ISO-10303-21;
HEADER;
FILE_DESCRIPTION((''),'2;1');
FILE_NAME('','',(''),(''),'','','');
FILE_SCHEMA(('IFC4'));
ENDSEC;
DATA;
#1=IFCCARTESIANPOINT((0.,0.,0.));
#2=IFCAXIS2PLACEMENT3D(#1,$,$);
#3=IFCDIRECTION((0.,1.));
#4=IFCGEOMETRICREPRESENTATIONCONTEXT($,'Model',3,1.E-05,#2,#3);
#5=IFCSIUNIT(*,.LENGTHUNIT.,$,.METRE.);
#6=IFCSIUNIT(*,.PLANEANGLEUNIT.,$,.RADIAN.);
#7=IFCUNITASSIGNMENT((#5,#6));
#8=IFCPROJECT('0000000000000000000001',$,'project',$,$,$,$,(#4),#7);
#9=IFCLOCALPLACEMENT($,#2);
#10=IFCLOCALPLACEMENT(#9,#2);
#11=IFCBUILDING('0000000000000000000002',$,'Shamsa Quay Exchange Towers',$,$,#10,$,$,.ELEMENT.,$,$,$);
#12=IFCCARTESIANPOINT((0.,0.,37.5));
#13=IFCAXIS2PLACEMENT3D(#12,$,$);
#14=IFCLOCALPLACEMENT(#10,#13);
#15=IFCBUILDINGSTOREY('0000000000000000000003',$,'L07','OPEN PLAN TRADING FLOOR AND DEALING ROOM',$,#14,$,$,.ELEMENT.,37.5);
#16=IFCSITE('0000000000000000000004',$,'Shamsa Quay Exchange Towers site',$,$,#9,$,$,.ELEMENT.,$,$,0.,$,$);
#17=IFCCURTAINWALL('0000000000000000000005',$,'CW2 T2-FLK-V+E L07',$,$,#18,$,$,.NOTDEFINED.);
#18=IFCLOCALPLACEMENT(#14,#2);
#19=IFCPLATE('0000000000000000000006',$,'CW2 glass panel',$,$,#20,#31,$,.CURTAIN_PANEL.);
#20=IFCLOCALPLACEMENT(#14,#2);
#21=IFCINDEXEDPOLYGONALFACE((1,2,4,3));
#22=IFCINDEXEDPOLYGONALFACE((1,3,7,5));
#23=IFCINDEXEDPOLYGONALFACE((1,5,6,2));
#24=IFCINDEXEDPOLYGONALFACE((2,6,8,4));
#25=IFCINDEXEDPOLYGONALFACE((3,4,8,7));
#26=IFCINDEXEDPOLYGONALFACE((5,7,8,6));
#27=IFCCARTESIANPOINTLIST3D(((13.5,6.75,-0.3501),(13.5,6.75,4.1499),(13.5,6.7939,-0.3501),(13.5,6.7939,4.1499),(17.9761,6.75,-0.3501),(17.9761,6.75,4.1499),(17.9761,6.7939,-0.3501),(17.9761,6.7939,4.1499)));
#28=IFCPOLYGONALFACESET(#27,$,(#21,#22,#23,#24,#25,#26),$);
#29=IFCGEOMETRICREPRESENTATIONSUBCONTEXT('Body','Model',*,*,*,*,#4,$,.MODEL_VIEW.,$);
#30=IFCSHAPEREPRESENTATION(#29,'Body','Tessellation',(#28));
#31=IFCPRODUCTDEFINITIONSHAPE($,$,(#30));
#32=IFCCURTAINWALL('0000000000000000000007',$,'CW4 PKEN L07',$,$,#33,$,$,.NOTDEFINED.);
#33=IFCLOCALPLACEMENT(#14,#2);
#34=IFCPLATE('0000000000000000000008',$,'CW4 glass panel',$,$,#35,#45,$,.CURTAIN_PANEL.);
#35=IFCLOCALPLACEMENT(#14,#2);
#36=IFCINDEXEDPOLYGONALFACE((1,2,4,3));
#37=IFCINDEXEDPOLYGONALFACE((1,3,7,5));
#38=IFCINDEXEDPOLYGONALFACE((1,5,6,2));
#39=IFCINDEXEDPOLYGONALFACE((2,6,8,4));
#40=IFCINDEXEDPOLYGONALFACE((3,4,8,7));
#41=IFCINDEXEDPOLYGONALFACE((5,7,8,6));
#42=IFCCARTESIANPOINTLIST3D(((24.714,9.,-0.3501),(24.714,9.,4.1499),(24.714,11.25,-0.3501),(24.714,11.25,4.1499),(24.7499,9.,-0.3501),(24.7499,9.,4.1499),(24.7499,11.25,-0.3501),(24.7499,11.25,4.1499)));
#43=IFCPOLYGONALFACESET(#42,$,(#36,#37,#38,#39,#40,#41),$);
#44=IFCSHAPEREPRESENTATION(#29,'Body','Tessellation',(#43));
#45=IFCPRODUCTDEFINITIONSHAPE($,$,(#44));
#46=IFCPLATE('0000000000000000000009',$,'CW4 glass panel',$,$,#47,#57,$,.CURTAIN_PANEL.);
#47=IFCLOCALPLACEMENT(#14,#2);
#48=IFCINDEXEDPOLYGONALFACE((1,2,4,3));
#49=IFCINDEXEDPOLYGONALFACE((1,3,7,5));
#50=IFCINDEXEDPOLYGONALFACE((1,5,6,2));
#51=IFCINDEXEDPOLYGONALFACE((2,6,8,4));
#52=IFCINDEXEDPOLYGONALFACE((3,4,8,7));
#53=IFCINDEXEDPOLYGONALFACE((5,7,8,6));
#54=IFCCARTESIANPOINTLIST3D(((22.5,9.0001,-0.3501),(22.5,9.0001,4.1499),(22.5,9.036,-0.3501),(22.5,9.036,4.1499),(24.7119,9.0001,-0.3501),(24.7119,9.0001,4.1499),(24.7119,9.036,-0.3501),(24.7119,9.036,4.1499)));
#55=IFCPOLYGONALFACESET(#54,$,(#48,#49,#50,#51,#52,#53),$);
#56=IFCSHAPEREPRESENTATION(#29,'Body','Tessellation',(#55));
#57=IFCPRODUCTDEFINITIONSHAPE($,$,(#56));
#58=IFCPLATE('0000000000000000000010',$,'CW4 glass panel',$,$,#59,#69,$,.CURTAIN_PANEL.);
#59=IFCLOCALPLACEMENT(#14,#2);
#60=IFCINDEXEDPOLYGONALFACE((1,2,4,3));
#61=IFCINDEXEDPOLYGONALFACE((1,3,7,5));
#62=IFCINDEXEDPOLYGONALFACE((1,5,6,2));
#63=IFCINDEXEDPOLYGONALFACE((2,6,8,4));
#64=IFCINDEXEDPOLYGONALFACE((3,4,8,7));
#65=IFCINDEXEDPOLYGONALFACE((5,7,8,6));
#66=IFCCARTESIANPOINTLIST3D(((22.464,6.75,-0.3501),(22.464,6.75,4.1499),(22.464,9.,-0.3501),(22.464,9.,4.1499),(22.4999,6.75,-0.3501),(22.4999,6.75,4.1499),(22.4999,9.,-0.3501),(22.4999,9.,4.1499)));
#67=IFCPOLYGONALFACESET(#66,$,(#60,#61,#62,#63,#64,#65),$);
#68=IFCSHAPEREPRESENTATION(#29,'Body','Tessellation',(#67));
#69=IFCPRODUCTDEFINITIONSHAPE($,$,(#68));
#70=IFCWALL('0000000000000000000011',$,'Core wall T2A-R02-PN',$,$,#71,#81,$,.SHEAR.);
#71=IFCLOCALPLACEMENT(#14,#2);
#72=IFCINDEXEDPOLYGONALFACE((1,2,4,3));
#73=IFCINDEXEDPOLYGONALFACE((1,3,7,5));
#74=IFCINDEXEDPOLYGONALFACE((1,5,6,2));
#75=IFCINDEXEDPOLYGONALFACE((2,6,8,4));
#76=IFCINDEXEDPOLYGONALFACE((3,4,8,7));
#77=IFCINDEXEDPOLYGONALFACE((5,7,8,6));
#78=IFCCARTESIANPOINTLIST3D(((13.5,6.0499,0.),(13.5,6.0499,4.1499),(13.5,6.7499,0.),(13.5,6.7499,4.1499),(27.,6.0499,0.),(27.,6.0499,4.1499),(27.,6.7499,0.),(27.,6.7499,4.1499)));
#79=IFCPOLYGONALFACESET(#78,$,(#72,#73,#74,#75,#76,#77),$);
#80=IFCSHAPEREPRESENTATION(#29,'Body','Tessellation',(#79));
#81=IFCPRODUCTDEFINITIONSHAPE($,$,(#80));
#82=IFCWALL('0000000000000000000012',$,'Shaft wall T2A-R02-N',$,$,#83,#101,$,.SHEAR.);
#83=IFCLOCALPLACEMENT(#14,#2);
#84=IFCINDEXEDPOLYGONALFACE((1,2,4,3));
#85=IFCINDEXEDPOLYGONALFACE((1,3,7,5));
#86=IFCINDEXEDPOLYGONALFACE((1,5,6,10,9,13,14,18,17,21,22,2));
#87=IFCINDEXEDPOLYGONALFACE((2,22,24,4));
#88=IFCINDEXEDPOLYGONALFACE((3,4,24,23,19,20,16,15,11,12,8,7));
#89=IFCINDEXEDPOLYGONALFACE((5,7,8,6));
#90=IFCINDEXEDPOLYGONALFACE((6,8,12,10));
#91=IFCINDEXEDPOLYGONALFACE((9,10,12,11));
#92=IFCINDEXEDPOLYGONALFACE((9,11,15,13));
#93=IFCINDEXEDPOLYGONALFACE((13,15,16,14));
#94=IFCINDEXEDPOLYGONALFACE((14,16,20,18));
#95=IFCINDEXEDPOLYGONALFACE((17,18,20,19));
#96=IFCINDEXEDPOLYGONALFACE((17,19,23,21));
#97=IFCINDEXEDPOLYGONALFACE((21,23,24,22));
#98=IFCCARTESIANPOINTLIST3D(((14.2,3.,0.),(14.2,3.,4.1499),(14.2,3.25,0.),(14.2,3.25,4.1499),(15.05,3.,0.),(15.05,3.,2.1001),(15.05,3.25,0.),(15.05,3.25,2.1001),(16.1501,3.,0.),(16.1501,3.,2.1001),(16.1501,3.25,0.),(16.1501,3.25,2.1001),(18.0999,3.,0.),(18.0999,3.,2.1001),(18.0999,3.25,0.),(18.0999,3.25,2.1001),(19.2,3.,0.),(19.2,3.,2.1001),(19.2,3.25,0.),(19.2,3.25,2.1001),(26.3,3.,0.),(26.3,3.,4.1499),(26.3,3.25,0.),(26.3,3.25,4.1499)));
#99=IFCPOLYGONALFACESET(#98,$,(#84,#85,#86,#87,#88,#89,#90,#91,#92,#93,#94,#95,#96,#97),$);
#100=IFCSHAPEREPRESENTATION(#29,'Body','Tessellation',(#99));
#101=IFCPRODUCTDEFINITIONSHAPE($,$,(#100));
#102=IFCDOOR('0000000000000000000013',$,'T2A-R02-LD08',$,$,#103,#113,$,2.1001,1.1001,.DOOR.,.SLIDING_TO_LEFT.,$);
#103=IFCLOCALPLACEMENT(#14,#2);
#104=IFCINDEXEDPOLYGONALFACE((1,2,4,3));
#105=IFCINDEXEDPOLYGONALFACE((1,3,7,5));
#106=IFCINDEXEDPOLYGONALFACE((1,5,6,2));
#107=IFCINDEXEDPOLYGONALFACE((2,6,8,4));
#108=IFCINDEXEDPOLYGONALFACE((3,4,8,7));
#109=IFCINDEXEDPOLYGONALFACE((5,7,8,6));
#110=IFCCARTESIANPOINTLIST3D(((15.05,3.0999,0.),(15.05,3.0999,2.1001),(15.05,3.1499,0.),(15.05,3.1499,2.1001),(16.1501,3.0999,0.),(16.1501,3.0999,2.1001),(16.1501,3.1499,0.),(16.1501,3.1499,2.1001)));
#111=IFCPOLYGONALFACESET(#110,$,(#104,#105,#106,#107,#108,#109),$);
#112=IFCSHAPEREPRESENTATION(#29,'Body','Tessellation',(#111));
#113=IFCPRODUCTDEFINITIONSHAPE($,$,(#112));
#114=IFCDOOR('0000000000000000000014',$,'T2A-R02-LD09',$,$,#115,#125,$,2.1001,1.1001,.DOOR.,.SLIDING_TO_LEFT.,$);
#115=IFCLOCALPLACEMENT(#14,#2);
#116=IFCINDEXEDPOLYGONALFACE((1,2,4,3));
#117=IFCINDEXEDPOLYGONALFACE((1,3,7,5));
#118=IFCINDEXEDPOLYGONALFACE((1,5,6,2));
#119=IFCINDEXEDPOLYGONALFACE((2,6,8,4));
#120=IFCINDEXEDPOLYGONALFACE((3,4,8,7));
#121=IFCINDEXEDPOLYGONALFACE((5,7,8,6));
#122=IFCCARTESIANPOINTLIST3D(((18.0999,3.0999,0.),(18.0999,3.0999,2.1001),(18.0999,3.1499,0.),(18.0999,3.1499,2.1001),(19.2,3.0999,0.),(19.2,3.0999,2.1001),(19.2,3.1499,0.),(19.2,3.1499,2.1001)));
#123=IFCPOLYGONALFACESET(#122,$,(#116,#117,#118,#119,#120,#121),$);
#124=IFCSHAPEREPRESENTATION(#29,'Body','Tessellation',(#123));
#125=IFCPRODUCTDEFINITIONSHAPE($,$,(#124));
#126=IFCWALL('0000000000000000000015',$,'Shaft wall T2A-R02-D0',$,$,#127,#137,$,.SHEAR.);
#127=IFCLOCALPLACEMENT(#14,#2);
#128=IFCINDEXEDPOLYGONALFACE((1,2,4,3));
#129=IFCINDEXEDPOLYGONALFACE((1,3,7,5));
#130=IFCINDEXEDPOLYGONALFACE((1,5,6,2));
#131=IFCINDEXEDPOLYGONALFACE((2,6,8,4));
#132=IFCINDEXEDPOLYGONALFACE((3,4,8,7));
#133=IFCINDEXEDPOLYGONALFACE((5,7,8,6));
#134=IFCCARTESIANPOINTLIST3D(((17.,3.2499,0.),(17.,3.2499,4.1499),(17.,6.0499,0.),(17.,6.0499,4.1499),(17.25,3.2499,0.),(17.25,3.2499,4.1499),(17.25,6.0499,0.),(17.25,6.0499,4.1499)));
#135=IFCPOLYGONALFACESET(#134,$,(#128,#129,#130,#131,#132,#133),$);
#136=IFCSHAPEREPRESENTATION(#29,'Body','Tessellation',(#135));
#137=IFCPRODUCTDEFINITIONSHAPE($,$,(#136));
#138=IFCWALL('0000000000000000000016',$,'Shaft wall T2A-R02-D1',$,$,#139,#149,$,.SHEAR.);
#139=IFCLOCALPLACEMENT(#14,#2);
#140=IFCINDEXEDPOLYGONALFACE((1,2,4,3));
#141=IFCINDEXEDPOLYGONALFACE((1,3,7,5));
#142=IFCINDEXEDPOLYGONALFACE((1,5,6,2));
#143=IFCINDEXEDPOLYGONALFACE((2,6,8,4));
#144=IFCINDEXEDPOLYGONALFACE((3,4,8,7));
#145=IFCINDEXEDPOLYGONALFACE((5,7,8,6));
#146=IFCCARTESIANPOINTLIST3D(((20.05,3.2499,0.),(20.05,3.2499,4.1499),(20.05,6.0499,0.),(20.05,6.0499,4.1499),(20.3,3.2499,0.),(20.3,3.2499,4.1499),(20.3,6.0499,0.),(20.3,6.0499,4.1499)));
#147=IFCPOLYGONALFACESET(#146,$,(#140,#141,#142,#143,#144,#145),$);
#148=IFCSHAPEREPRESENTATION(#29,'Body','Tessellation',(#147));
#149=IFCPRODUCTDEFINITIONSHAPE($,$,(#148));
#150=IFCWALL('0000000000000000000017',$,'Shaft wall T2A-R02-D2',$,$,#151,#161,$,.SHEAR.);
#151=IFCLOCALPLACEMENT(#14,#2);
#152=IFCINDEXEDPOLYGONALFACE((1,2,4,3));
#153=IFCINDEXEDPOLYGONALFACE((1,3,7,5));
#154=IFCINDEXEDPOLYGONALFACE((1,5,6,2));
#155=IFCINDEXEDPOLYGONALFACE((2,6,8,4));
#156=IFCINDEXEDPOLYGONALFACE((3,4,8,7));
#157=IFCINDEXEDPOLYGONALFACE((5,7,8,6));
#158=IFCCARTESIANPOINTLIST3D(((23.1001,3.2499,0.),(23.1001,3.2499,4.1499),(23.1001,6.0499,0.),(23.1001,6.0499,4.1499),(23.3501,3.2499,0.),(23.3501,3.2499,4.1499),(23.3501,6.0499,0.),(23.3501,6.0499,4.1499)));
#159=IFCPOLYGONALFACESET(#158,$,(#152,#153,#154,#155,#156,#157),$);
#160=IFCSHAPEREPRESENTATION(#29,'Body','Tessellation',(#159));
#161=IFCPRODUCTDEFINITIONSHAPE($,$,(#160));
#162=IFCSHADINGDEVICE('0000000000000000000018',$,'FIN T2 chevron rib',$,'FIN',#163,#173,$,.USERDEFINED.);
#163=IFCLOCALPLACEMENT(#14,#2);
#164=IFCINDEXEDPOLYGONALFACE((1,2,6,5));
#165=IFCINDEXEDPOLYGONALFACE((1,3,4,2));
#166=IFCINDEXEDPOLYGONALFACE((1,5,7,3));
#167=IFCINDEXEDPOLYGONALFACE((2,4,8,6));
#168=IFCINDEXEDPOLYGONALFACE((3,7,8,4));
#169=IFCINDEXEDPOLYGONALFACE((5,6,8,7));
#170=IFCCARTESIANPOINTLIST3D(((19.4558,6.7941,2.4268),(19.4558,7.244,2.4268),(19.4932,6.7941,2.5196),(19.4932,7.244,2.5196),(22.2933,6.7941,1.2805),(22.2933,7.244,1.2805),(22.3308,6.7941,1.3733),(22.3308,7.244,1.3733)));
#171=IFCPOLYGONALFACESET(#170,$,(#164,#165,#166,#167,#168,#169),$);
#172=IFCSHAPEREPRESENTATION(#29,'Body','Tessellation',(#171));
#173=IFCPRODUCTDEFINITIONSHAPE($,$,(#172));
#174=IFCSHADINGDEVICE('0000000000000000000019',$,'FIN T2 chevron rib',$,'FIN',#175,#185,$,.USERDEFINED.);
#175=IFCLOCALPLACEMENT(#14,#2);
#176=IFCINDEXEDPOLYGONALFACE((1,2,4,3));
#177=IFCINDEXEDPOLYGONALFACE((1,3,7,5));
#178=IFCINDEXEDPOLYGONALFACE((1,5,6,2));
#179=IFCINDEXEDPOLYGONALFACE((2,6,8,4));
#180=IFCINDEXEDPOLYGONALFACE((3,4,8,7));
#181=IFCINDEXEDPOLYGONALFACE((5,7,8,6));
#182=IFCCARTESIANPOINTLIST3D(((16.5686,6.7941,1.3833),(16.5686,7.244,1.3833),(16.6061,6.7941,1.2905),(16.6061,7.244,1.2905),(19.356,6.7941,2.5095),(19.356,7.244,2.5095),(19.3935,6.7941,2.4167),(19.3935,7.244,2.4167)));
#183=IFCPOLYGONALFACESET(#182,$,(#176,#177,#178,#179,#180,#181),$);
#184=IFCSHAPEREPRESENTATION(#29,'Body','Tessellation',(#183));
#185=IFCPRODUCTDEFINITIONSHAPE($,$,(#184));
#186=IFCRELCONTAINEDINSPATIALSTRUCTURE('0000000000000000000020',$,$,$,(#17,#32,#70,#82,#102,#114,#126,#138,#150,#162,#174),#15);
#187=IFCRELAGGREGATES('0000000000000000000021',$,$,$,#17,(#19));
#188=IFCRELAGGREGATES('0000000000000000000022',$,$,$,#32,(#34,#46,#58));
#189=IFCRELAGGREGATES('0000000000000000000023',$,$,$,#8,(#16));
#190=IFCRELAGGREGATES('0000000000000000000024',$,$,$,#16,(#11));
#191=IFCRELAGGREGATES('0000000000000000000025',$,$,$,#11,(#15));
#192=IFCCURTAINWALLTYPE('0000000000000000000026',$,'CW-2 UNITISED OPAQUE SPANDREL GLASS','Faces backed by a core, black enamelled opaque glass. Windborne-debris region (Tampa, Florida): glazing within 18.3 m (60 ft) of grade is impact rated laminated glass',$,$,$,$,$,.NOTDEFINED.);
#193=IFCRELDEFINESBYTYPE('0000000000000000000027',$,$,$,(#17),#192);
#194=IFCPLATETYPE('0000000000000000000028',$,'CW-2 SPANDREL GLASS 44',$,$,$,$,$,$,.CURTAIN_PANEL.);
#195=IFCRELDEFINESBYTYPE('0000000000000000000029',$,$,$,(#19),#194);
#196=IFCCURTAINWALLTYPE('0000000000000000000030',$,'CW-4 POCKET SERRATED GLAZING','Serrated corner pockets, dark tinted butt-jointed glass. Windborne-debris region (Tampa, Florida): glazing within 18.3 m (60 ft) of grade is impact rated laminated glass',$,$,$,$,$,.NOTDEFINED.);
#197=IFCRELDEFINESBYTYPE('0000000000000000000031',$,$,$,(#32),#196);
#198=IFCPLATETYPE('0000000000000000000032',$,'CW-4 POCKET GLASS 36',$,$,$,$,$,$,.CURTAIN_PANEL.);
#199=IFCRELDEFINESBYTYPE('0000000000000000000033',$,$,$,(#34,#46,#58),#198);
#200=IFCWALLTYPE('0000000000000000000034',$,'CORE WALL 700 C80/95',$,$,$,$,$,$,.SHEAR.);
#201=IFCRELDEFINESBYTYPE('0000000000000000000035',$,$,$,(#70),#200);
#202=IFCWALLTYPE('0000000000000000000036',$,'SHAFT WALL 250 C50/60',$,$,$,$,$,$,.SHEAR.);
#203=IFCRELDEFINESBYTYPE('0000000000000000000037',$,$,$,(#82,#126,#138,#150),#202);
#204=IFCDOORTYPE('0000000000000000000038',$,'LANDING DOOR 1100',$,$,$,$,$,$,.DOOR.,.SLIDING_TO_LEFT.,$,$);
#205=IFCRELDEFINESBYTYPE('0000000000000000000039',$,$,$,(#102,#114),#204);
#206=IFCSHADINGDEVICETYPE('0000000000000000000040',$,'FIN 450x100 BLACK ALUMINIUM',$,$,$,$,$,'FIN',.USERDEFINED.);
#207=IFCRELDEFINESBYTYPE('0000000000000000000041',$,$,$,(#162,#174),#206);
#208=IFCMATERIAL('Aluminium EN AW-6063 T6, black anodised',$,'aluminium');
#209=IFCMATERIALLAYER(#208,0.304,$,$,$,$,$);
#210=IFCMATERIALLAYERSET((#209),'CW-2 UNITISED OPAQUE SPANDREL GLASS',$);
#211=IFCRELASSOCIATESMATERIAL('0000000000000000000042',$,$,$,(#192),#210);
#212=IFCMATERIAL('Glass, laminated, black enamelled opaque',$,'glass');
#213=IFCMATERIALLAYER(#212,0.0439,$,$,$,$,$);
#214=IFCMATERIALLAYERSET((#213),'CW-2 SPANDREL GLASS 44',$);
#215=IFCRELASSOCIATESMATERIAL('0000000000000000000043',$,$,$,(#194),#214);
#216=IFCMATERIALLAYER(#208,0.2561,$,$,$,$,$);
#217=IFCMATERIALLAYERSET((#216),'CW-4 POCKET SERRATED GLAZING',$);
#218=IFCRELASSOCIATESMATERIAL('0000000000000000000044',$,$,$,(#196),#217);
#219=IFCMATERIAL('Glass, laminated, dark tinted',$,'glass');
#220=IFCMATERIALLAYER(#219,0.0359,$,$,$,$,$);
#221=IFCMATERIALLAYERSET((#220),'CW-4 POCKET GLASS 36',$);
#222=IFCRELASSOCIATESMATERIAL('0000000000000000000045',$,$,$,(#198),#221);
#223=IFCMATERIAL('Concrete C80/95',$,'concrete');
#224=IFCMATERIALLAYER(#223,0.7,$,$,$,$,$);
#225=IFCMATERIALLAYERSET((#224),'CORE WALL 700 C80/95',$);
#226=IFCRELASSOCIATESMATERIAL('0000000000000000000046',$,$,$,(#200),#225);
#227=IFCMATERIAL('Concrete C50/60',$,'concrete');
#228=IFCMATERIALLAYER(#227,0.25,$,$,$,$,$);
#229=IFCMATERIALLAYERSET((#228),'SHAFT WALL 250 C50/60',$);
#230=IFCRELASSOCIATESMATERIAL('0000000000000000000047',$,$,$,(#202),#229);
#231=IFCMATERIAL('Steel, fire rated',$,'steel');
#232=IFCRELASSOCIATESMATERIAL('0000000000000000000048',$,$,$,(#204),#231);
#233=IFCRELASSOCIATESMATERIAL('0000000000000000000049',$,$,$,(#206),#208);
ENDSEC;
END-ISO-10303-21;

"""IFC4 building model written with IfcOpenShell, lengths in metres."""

from ifc_helpers import new_model, si_unit, direction, frame, frame_2d, origin, origin_2d, place, context, subcontext, project, spatial, rectangle, extrude, material, layer, layer_set, material_profile, profile_set, type_object, element, fill, aggregate, save


model = new_model("IFC4")

# Units and contexts
model_context = context("Model", 3, precision=1e-05, world=origin(), true_north=direction((0.0, 1.0)))
body_context = subcontext(model_context, "Body", "Model", "MODEL_VIEW")
ifc_project = project(units=[si_unit("LENGTHUNIT", "METRE"), si_unit("PLANEANGLEUNIT", "RADIAN")], contexts=[model_context])

# Site, building, storey
site_placement = place(None, origin())
site = spatial("IfcSite", under=ifc_project, at=site_placement, Name="Shamsa Quay Exchange Towers site", CompositionType="ELEMENT", RefElevation=0.0)
building_placement = place(site_placement, origin())
building = spatial("IfcBuilding", under=site, at=building_placement, Name="Shamsa Quay Exchange Towers", CompositionType="ELEMENT")
storey_placement = place(building_placement, frame((0.0, 0.0, 37.5)))
storey = spatial("IfcBuildingStorey", under=building, at=storey_placement, Name="L07", Description="OPEN PLAN TRADING FLOOR AND DEALING ROOM", CompositionType="ELEMENT", Elevation=37.5)

# Shared definitions
ifc_material_1 = material(Name="Aluminium EN AW-6063 T6, black anodised", Category="aluminium")

# Shared definitions
ifc_material_2 = material(Name="Concrete C50/60", Category="concrete")

# Shared definitions
ifc_material_3 = material(Name="Glass, laminated, dark tinted", Category="glass")

# Curtain walls, plates
ifc_layer_1 = layer(ifc_material_1, 0.304)
ifc_layer_set_1 = layer_set([ifc_layer_1], Name="CW-2 UNITISED OPAQUE SPANDREL GLASS")
curtain_wall_type_1 = type_object("IfcCurtainWallType", Name="CW-2 UNITISED OPAQUE SPANDREL GLASS", Description="Faces backed by a core, black enamelled opaque glass. Windborne-debris region (Tampa, Florida): glazing within 18.3 m (60 ft) of grade is impact rated laminated glass", PredefinedType="NOTDEFINED", material=ifc_layer_set_1)
curtain_wall_1_placement = place(storey_placement, origin())
curtain_wall_1 = element("IfcCurtainWall", 1, at=curtain_wall_1_placement, inside=storey, type_object=curtain_wall_type_1, Name="CW2 T2-FLK-V+E L07", PredefinedType="NOTDEFINED")
ifc_material_4 = material(Name="Glass, laminated, black enamelled opaque", Category="glass")
ifc_layer_2 = layer(ifc_material_4, 0.0439)
ifc_layer_set_2 = layer_set([ifc_layer_2], Name="CW-2 SPANDREL GLASS 44")
plate_type_1 = type_object("IfcPlateType", Name="CW-2 SPANDREL GLASS 44", PredefinedType="CURTAIN_PANEL", material=ifc_layer_set_2)
plate_1_placement = place(storey_placement, frame((15.738, 6.772, -0.3501), z_axis=(0.0, 0.0, 1.0), x_axis=(-1.0, 0.0, 0.0)))
plate_1 = element("IfcPlate", 2, at=plate_1_placement, type_object=plate_type_1, Name="CW2 glass panel", PredefinedType="CURTAIN_PANEL", context=body_context, shape_type="SweptSolid", body=[
    extrude(rectangle(XDim=4.4761, YDim=0.0439, at=origin_2d()), origin(), (0.0, 0.0, 1.0), 4.5),
])
aggregate(curtain_wall_1, [plate_1])
ifc_layer_3 = layer(ifc_material_1, 0.2561)
ifc_layer_set_3 = layer_set([ifc_layer_3], Name="CW-4 POCKET SERRATED GLAZING")
curtain_wall_type_2 = type_object("IfcCurtainWallType", Name="CW-4 POCKET SERRATED GLAZING", Description="Serrated corner pockets, dark tinted butt-jointed glass. Windborne-debris region (Tampa, Florida): glazing within 18.3 m (60 ft) of grade is impact rated laminated glass", PredefinedType="NOTDEFINED", material=ifc_layer_set_3)
curtain_wall_2_placement = place(storey_placement, origin())
curtain_wall_2 = element("IfcCurtainWall", 3, at=curtain_wall_2_placement, inside=storey, type_object=curtain_wall_type_2, Name="CW4 PKEN L07", PredefinedType="NOTDEFINED")
ifc_layer_4 = layer(ifc_material_3, 0.0359)
ifc_layer_set_4 = layer_set([ifc_layer_4], Name="CW-4 POCKET GLASS 36")
plate_type_2 = type_object("IfcPlateType", Name="CW-4 POCKET GLASS 36", PredefinedType="CURTAIN_PANEL", material=ifc_layer_set_4)
plate_2_placement = place(storey_placement, frame((24.7319, 10.125, -0.3501), z_axis=(0.0, 0.0, 1.0), x_axis=(0.0, -1.0, 0.0)))
plate_2 = element("IfcPlate", 4, at=plate_2_placement, type_object=plate_type_2, Name="CW4 glass panel", PredefinedType="CURTAIN_PANEL", context=body_context, shape_type="SweptSolid", body=[
    extrude(rectangle(XDim=2.25, YDim=0.0359, at=origin_2d()), origin(), (0.0, 0.0, 1.0), 4.5),
])
plate_3_placement = place(storey_placement, frame((23.606, 9.0181, -0.3501), z_axis=(0.0, 0.0, 1.0), x_axis=(-1.0, 0.0, 0.0)))
plate_3 = element("IfcPlate", 5, at=plate_3_placement, type_object=plate_type_2, Name="CW4 glass panel", PredefinedType="CURTAIN_PANEL", context=body_context, shape_type="SweptSolid", body=[
    extrude(rectangle(XDim=2.2119, YDim=0.0359, at=origin_2d()), origin(), (0.0, 0.0, 1.0), 4.5),
])
plate_4_placement = place(storey_placement, frame((22.4819, 7.875, -0.3501), z_axis=(0.0, 0.0, 1.0), x_axis=(0.0, -1.0, 0.0)))
plate_4 = element("IfcPlate", 6, at=plate_4_placement, type_object=plate_type_2, Name="CW4 glass panel", PredefinedType="CURTAIN_PANEL", context=body_context, shape_type="SweptSolid", body=[
    extrude(rectangle(XDim=2.25, YDim=0.0359, at=origin_2d()), origin(), (0.0, 0.0, 1.0), 4.5),
])
aggregate(curtain_wall_2, [plate_2, plate_3, plate_4])

# Wall
ifc_material_5 = material(Name="Concrete C80/95", Category="concrete")
ifc_layer_5 = layer(ifc_material_5, 0.7)
ifc_layer_set_5 = layer_set([ifc_layer_5], Name="CORE WALL 700 C80/95")
wall_type_1 = type_object("IfcWallType", Name="CORE WALL 700 C80/95", PredefinedType="SHEAR", material=ifc_layer_set_5)
wall_1_placement = place(storey_placement, frame((13.5, 6.3999, 0.0)))
element("IfcWall", 7, at=wall_1_placement, inside=storey, type_object=wall_type_1, Name="Core wall T2A-R02-PN", PredefinedType="SHEAR", context=body_context, shape_type="SweptSolid", body=[
    extrude(rectangle(XDim=13.5, YDim=0.7, at=frame_2d((6.75, 0.0))), origin(), (0.0, 0.0, 1.0), 4.1499),
])

# Shared definitions
ifc_material_6 = material(Name="Steel, fire rated", Category="steel")

# Wall, openings, doors
ifc_layer_6 = layer(ifc_material_2, 0.25)
ifc_layer_set_6 = layer_set([ifc_layer_6], Name="SHAFT WALL 250 C50/60")
wall_type_2 = type_object("IfcWallType", Name="SHAFT WALL 250 C50/60", PredefinedType="SHEAR", material=ifc_layer_set_6)
wall_2_placement = place(storey_placement, frame((14.2, 3.125, 0.0)))
wall_2 = element("IfcWall", 8, at=wall_2_placement, inside=storey, type_object=wall_type_2, Name="Shaft wall T2A-R02-N", PredefinedType="SHEAR", context=body_context, shape_type="SweptSolid", body=[
    extrude(rectangle(XDim=12.1001, YDim=0.25, at=frame_2d((6.05, 0.0))), origin(), (0.0, 0.0, 1.0), 4.1499),
])
opening_1_placement = place(wall_2_placement, frame((0.8501, 0.0, 0.0)))
opening_1 = element("IfcOpeningElement", 9, at=opening_1_placement, cuts=wall_2, PredefinedType="OPENING", context=body_context, shape_type="SweptSolid", body=[
    extrude(rectangle(XDim=1.1001, YDim=2.1001, at=frame_2d((0.55, 1.05))), frame((0.0, 0.135, 0.0), z_axis=(0.0, -1.0, 0.0), x_axis=(1.0, 0.0, 0.0)), (0.0, 0.0, 1.0), 0.27),
])
opening_2_placement = place(wall_2_placement, frame((3.8999, 0.0, 0.0)))
opening_2 = element("IfcOpeningElement", 10, at=opening_2_placement, cuts=wall_2, PredefinedType="OPENING", context=body_context, shape_type="SweptSolid", body=[
    extrude(rectangle(XDim=1.1001, YDim=2.1001, at=frame_2d((0.55, 1.05))), frame((0.0, 0.135, 0.0), z_axis=(0.0, -1.0, 0.0), x_axis=(1.0, 0.0, 0.0)), (0.0, 0.0, 1.0), 0.27),
])
door_type_1 = type_object("IfcDoorType", Name="LANDING DOOR 1100", OperationType="SLIDING_TO_LEFT", PredefinedType="DOOR", material=ifc_material_6)
door_1_placement = place(opening_1_placement, origin())
door_1 = element("IfcDoor", 11, at=door_1_placement, inside=storey, type_object=door_type_1, Name="T2A-R02-LD08", OperationType="SLIDING_TO_LEFT", OverallHeight=2.1001, OverallWidth=1.1001, PredefinedType="DOOR", context=body_context, shape_type="SweptSolid", body=[
    extrude(rectangle(XDim=1.1001, YDim=2.1001, at=frame_2d((0.55, 1.05))), frame((0.0, 0.0249, 0.0), z_axis=(0.0, -1.0, 0.0), x_axis=(1.0, 0.0, 0.0)), (0.0, 0.0, 1.0), 0.05),
])
fill(opening_1, door_1)
door_2_placement = place(opening_2_placement, origin())
door_2 = element("IfcDoor", 12, at=door_2_placement, inside=storey, type_object=door_type_1, Name="T2A-R02-LD09", OperationType="SLIDING_TO_LEFT", OverallHeight=2.1001, OverallWidth=1.1001, PredefinedType="DOOR", context=body_context, shape_type="SweptSolid", body=[
    extrude(rectangle(XDim=1.1001, YDim=2.1001, at=frame_2d((0.55, 1.05))), frame((0.0, 0.0249, 0.0), z_axis=(0.0, -1.0, 0.0), x_axis=(1.0, 0.0, 0.0)), (0.0, 0.0, 1.0), 0.05),
])
fill(opening_2, door_2)

# Walls
for number, where, z_axis, x_axis, name in (
    (13, (17.125, 3.25, 0.0), (0.0, 0.0, 1.0), (0.0, 1.0, 0.0), "Shaft wall T2A-R02-D0"),
    (14, (20.175, 3.25, 0.0), (0.0, 0.0, 1.0), (0.0, 1.0, 0.0), "Shaft wall T2A-R02-D1"),
    (15, (23.2251, 3.25, 0.0), (0.0, 0.0, 1.0), (0.0, 1.0, 0.0), "Shaft wall T2A-R02-D2"),
):
    element("IfcWall", number, at=place(storey_placement, frame(where, z_axis=z_axis, x_axis=x_axis)), inside=storey, type_object=wall_type_2, Name=name, PredefinedType="SHEAR", context=body_context, shape_type="SweptSolid", body=[
        extrude(rectangle(XDim=2.8, YDim=0.25, at=frame_2d((1.3999, 0.0))), origin(), (0.0, 0.0, 1.0), 4.1499),
    ])

# Shading devices
ifc_material_profile_1 = material_profile(ifc_material_1, rectangle(XDim=0.45, YDim=0.1001, at=origin_2d()), Name="FIN450x100")
ifc_profile_set_1 = profile_set([ifc_material_profile_1], Name="Aluminium EN AW-6063 T6, black anodised")
shading_device_type = type_object("IfcShadingDeviceType", Name="FIN 450x100 BLACK ALUMINIUM", ElementType="FIN", PredefinedType="USERDEFINED", material=ifc_profile_set_1)
shading_device_1_placement = place(storey_placement, frame((22.312, 7.019, 1.3269), z_axis=(-0.9272, 0.0, 0.374566), x_axis=(0.0, -1.0, 0.0)))
element("IfcShadingDevice", 16, at=shading_device_1_placement, inside=storey, type_object=shading_device_type, Name="FIN T2 chevron rib", ObjectType="FIN", PredefinedType="USERDEFINED", context=body_context, shape_type="SweptSolid", body=[
    extrude(rectangle(XDim=0.45, YDim=0.1001, at=origin_2d()), origin(), (0.0, 0.0, 1.0), 3.0603),
])
shading_device_2_placement = place(storey_placement, frame((19.3748, 7.019, 2.4631), z_axis=(-0.927177, 0.0, -0.374623), x_axis=(0.0, -1.0, 0.0)))
element("IfcShadingDevice", 17, at=shading_device_2_placement, inside=storey, type_object=shading_device_type, Name="FIN T2 chevron rib", ObjectType="FIN", PredefinedType="USERDEFINED", context=body_context, shape_type="SweptSolid", body=[
    extrude(rectangle(XDim=0.45, YDim=0.1001, at=origin_2d()), origin(), (0.0, 0.0, 1.0), 3.0063),
])

save(model, "model.ifc")
